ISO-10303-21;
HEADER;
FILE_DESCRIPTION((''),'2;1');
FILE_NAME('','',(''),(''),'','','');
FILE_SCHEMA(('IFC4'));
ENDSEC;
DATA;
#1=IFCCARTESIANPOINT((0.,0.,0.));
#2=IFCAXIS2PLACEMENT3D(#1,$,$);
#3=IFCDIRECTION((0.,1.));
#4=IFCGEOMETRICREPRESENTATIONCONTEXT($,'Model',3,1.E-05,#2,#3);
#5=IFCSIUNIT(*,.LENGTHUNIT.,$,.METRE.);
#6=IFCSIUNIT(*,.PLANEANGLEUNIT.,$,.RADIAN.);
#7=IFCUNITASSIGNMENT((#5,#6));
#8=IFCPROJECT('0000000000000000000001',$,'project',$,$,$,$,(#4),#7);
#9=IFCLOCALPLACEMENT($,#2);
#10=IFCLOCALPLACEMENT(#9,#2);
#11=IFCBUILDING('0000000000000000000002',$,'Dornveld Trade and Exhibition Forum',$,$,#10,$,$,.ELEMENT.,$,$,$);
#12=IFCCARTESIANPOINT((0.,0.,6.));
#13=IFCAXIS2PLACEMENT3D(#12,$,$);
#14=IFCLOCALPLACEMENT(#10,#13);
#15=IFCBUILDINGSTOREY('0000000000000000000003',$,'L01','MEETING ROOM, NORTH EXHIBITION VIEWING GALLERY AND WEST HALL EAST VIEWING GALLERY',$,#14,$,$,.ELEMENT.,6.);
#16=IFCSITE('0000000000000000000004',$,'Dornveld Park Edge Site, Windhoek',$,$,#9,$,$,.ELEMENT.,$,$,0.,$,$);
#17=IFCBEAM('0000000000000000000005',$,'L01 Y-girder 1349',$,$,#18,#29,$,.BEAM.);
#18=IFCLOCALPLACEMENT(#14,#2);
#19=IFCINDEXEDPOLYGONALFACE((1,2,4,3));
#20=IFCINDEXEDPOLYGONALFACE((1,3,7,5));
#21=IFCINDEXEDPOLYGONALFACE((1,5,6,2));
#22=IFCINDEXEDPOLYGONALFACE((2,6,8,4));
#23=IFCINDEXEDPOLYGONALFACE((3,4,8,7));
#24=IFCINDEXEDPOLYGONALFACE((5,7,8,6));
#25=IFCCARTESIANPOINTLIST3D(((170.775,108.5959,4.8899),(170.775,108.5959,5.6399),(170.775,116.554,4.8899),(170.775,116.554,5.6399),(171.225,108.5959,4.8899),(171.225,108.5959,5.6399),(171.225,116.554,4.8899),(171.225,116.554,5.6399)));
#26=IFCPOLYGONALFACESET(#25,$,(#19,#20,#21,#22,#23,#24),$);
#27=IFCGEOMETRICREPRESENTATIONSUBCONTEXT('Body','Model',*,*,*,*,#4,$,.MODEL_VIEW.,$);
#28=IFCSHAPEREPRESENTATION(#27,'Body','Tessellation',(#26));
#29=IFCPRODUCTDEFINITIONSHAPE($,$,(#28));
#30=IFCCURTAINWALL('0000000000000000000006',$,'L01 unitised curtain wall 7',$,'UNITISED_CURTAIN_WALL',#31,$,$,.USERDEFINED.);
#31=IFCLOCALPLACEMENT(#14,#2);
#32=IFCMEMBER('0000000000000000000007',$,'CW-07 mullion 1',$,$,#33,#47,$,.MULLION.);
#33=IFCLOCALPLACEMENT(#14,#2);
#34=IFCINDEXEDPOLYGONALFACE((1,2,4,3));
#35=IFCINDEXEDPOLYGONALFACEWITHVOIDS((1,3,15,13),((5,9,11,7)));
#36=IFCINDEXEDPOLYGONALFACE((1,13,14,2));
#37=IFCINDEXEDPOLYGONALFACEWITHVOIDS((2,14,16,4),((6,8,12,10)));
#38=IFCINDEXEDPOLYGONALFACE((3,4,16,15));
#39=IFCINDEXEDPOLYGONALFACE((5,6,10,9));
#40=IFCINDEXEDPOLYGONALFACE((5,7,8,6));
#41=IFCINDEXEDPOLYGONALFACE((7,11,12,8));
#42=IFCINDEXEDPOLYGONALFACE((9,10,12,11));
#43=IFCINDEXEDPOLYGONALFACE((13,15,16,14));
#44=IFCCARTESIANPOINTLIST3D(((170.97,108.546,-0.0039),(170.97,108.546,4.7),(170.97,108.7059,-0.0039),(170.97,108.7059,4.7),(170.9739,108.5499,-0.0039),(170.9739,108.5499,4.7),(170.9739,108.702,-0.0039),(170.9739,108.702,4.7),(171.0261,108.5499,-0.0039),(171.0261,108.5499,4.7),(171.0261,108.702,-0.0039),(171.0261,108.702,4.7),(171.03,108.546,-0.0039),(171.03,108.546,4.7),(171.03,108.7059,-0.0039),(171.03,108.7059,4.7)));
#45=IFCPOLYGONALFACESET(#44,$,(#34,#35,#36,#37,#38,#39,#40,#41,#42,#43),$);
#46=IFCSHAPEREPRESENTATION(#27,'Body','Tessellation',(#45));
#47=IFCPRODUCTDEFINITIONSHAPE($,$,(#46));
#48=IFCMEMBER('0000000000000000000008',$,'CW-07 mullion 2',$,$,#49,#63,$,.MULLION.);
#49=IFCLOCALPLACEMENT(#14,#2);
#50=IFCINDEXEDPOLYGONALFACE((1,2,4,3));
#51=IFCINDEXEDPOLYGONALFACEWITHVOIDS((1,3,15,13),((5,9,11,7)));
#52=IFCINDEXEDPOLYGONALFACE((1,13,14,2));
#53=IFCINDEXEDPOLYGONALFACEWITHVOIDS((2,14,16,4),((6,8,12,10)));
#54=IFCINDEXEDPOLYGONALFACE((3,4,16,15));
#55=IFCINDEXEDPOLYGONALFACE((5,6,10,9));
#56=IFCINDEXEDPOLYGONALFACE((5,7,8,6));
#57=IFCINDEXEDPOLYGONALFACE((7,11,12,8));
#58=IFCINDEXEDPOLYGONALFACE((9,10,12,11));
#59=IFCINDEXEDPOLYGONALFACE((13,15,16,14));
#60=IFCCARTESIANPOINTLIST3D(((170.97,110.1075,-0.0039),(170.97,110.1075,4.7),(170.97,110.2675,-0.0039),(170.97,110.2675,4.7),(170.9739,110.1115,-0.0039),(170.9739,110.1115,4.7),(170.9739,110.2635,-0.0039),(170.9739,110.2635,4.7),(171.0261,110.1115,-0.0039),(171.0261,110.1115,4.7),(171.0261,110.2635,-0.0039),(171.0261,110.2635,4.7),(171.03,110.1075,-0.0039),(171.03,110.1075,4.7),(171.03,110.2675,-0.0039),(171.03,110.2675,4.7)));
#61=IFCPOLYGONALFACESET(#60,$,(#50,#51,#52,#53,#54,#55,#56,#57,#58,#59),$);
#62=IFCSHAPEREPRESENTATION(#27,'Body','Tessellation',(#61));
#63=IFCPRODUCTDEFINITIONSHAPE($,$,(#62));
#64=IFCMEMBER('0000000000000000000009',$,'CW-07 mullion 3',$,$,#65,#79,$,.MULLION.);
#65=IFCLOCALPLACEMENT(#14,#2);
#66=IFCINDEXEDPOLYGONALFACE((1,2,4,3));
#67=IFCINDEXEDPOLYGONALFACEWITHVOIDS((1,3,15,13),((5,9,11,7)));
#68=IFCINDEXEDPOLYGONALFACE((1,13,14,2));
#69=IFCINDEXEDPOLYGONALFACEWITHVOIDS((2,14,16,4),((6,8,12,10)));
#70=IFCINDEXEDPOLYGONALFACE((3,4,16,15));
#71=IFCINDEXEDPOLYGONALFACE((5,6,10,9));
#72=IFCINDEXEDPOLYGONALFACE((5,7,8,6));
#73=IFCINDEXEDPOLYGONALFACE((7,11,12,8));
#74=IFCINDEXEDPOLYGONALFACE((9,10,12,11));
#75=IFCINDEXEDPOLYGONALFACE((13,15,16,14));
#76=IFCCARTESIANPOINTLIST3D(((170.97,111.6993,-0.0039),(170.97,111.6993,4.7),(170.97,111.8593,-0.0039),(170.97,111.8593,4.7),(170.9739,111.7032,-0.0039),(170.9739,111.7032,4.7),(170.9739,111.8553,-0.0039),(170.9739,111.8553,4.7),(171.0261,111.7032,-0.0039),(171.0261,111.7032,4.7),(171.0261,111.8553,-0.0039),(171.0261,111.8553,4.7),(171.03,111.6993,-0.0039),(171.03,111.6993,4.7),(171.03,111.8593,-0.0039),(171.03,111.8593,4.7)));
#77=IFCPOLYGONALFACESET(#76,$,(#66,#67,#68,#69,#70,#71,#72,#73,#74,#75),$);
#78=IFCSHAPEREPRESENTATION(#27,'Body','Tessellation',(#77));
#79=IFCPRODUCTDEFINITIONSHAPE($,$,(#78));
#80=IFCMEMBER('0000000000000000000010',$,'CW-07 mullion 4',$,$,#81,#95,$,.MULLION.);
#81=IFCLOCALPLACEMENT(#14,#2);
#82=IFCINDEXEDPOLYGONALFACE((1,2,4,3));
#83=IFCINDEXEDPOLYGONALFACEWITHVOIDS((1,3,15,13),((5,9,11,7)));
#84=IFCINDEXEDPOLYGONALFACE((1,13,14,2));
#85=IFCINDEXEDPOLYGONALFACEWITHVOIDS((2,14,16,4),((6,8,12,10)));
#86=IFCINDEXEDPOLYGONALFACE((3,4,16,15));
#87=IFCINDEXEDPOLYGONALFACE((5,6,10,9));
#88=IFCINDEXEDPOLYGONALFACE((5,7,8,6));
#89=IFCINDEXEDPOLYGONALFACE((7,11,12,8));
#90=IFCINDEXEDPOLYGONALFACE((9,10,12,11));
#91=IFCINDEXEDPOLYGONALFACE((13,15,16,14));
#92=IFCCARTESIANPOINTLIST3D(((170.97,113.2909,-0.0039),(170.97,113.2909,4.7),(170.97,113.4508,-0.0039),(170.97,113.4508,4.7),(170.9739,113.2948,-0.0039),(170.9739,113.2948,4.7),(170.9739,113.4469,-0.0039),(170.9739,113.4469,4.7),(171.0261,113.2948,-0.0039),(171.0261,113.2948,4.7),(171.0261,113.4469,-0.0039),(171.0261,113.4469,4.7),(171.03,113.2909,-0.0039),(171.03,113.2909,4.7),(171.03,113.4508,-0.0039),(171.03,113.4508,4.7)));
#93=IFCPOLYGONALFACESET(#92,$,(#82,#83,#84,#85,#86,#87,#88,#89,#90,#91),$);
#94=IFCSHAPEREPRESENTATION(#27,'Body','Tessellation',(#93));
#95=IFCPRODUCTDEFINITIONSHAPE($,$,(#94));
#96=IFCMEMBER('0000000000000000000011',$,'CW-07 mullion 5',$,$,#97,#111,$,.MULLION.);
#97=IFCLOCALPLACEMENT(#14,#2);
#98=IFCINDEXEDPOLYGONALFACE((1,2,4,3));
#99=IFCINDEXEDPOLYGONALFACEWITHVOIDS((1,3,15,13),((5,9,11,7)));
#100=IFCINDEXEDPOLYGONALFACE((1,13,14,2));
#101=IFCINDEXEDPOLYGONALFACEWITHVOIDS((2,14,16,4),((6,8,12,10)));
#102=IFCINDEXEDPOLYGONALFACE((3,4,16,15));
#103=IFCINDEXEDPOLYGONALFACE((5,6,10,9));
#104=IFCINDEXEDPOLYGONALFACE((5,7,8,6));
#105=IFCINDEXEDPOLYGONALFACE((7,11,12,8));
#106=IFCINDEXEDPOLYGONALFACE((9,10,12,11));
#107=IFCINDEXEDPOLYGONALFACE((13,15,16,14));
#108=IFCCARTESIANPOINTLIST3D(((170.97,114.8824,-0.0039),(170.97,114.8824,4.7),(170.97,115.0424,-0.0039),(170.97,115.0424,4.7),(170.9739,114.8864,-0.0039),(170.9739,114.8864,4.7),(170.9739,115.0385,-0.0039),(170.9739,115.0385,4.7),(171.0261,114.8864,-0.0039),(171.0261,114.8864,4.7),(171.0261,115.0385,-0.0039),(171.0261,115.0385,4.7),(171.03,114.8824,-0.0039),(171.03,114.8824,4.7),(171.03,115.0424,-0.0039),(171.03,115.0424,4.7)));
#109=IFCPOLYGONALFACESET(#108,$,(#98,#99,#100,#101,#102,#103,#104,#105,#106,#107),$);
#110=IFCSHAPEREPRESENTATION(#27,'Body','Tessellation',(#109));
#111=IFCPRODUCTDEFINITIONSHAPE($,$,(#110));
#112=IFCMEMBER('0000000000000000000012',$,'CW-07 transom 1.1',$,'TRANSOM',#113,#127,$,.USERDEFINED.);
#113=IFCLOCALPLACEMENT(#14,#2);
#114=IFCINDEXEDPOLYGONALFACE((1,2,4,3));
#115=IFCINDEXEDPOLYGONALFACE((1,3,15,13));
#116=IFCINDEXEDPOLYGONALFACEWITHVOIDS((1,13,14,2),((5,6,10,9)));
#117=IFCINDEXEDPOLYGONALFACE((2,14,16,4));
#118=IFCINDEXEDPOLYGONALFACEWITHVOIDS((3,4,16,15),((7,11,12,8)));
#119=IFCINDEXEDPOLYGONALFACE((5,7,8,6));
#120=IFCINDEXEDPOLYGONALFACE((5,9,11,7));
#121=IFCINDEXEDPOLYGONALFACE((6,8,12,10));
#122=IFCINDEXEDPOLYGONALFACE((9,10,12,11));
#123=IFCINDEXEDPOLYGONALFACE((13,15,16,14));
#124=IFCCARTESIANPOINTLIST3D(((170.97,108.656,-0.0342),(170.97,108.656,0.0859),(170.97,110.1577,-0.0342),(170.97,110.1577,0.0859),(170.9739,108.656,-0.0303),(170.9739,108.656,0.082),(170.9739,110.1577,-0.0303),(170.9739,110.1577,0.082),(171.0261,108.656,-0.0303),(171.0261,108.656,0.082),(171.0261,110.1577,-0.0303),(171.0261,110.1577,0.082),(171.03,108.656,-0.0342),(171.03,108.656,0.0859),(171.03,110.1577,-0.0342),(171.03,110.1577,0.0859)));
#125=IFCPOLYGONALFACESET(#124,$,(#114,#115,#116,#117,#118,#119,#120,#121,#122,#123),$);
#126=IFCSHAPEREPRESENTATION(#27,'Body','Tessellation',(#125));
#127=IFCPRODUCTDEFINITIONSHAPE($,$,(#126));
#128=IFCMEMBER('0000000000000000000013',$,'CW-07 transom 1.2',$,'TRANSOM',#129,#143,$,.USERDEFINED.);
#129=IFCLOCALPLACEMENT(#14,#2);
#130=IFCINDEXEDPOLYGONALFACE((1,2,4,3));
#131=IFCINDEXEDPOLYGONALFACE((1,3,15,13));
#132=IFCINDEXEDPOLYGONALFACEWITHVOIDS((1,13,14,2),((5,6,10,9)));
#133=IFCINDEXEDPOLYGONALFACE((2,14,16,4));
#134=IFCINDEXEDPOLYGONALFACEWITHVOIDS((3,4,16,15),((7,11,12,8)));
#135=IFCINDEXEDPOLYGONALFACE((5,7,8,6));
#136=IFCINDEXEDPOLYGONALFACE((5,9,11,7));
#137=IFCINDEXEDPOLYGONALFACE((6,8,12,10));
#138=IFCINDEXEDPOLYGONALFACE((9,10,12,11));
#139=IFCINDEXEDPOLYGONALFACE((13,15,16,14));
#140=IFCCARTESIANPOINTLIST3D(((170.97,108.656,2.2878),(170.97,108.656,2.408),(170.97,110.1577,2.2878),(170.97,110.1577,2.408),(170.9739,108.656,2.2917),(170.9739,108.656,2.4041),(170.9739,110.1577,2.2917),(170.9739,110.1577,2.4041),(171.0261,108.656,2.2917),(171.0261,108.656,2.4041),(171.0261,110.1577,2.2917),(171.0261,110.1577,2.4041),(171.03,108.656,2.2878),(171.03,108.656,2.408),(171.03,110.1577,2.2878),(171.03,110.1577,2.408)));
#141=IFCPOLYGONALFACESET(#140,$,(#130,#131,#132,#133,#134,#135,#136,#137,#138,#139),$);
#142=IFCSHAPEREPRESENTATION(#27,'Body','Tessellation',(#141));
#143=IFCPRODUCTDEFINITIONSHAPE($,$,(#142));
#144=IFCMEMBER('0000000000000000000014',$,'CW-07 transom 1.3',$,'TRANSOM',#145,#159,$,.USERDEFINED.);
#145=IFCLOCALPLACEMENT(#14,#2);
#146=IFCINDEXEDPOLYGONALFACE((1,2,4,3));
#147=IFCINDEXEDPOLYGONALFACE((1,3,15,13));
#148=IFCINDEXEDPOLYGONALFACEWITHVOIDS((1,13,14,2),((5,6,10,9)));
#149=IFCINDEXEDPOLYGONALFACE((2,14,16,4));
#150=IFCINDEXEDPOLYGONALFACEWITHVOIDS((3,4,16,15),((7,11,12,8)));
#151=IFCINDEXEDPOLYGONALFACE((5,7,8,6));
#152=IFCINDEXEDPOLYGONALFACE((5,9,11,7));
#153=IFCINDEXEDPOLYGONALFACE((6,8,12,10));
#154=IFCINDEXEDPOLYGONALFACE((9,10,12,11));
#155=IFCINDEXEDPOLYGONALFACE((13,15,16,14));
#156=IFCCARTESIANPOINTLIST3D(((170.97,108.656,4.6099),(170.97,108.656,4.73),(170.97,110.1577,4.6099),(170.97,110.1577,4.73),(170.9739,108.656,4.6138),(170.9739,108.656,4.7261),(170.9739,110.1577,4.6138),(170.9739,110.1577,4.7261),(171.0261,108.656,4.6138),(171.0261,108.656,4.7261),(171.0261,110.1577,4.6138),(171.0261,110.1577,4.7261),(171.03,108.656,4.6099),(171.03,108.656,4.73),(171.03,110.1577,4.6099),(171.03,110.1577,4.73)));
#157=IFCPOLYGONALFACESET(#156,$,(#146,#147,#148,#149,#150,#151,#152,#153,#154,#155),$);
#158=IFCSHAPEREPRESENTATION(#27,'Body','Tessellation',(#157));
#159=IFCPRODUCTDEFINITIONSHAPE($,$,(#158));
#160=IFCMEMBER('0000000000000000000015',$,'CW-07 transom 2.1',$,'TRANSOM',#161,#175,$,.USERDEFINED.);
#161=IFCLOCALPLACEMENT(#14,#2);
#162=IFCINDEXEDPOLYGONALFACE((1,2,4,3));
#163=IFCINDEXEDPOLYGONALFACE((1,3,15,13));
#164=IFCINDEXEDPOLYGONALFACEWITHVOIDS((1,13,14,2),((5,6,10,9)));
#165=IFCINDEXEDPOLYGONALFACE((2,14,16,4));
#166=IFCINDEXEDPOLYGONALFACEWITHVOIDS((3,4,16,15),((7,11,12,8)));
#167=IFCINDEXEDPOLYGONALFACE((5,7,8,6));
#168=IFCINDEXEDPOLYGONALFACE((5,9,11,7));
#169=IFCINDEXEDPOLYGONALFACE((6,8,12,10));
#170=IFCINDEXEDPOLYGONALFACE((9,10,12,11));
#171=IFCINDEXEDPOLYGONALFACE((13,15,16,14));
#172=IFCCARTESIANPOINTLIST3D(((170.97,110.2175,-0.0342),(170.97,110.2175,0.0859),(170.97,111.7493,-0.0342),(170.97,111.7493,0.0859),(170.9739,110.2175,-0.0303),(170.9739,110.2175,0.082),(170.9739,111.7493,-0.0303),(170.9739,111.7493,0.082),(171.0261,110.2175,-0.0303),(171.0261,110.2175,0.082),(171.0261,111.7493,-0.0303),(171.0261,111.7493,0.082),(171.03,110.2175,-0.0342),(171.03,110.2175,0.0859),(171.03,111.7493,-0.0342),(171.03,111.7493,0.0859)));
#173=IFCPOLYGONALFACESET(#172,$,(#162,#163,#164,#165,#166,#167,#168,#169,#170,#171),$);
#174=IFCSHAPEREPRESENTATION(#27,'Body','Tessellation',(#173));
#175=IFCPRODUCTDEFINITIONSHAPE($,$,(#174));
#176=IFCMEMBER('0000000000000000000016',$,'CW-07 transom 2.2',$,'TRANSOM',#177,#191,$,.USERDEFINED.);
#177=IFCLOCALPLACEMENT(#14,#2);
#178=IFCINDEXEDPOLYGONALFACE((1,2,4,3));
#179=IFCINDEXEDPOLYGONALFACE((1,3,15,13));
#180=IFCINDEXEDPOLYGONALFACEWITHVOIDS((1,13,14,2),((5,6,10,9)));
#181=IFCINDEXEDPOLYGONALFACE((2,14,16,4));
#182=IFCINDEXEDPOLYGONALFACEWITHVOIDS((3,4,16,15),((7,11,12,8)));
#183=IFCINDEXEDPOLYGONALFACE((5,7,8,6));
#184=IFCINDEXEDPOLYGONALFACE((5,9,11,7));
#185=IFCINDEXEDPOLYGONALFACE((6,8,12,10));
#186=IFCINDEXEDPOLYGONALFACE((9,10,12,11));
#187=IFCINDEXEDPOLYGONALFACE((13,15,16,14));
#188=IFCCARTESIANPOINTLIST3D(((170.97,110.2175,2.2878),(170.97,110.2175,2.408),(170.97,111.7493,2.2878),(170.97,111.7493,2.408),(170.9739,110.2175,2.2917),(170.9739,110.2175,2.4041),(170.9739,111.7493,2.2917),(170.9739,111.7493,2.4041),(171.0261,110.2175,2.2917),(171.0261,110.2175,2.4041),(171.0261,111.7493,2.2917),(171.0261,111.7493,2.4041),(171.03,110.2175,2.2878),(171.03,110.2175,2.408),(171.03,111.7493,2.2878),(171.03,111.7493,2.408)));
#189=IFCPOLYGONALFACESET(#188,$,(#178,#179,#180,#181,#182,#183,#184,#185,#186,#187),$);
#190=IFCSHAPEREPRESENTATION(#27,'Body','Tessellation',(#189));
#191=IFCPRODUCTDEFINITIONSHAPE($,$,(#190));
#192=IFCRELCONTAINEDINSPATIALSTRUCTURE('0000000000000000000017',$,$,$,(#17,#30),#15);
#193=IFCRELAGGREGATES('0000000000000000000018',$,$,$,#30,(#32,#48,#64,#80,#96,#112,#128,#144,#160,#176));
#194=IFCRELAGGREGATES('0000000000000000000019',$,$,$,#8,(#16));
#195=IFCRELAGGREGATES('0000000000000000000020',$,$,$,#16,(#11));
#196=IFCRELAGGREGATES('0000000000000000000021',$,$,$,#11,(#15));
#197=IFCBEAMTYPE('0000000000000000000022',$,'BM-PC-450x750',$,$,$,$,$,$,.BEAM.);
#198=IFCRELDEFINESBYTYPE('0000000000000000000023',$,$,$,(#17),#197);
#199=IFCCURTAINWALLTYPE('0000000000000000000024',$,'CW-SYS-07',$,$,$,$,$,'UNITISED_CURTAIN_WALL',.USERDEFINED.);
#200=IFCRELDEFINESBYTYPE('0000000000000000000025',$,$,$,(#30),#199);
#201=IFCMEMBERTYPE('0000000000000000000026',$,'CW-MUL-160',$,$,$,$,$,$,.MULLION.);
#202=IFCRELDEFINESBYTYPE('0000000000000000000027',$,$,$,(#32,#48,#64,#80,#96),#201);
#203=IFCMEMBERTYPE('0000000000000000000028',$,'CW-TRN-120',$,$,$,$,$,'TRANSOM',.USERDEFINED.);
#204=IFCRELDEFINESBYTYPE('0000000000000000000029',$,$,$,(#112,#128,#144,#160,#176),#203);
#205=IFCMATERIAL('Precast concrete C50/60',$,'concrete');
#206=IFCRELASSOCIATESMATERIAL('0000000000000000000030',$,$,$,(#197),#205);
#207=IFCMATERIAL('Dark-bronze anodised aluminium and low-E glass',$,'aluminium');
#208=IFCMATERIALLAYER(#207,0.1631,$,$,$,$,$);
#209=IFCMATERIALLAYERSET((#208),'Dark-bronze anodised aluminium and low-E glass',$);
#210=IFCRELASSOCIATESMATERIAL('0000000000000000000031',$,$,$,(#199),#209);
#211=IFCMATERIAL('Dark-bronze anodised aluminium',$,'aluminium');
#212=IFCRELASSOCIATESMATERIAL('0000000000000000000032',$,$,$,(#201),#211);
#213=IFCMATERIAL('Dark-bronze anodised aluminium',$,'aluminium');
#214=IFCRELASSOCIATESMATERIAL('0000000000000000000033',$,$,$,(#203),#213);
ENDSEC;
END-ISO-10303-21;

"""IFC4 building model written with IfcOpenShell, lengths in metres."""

from ifc_helpers import new_model, si_unit, direction, frame, origin, origin_2d, place, context, subcontext, project, spatial, rectangle, hollow_rectangle, extrude, material, layer, layer_set, material_profile, profile_set, type_object, element, aggregate, save


model = new_model("IFC4")

# Units and contexts
model_context = context("Model", 3, precision=1e-05, world=origin(), true_north=direction((0.0, 1.0)))
body_context = subcontext(model_context, "Body", "Model", "MODEL_VIEW")
ifc_project = project(units=[si_unit("LENGTHUNIT", "METRE"), si_unit("PLANEANGLEUNIT", "RADIAN")], contexts=[model_context])

# Site, building, storey
site_placement = place(None, origin())
site = spatial("IfcSite", under=ifc_project, at=site_placement, Name="Dornveld Park Edge Site, Windhoek", CompositionType="ELEMENT", RefElevation=0.0)
building_placement = place(site_placement, origin())
building = spatial("IfcBuilding", under=site, at=building_placement, Name="Dornveld Trade and Exhibition Forum", CompositionType="ELEMENT")
storey_placement = place(building_placement, frame((0.0, 0.0, 6.0)))
storey = spatial("IfcBuildingStorey", under=building, at=storey_placement, Name="L01", Description="MEETING ROOM, NORTH EXHIBITION VIEWING GALLERY AND WEST HALL EAST VIEWING GALLERY", CompositionType="ELEMENT", Elevation=6.0)

# Beam
ifc_material_1 = material(Name="Precast concrete C50/60", Category="concrete")
ifc_material_profile_1 = material_profile(ifc_material_1, rectangle(XDim=0.45, YDim=0.75, at=origin_2d()), Name="PC-BM 450x750")
ifc_profile_set_1 = profile_set([ifc_material_profile_1], Name="Precast concrete C50/60")
beam_type = type_object("IfcBeamType", Name="BM-PC-450x750", PredefinedType="BEAM", material=ifc_profile_set_1)
beam_placement = place(storey_placement, frame((171.0, 108.5959, 5.2649), z_axis=(0.0, 1.0, 0.0), x_axis=(-1.0, 0.0, 0.0)))
element("IfcBeam", 1, at=beam_placement, inside=storey, type_object=beam_type, Name="L01 Y-girder 1349", PredefinedType="BEAM", context=body_context, shape_type="SweptSolid", body=[
    extrude(rectangle(XDim=0.45, YDim=0.75, at=origin_2d()), origin(), (0.0, 0.0, 1.0), 7.958),
])

# Curtain wall, members
ifc_material_2 = material(Name="Dark-bronze anodised aluminium and low-E glass", Category="aluminium")
ifc_layer_1 = layer(ifc_material_2, 0.1631)
ifc_layer_set_1 = layer_set([ifc_layer_1], Name="Dark-bronze anodised aluminium and low-E glass")
curtain_wall_type = type_object("IfcCurtainWallType", Name="CW-SYS-07", ElementType="UNITISED_CURTAIN_WALL", PredefinedType="USERDEFINED", material=ifc_layer_set_1)
curtain_wall_placement = place(storey_placement, origin())
curtain_wall = element("IfcCurtainWall", 2, at=curtain_wall_placement, inside=storey, type_object=curtain_wall_type, Name="L01 unitised curtain wall 7", ObjectType="UNITISED_CURTAIN_WALL", PredefinedType="USERDEFINED")
ifc_material_3 = material(Name="Dark-bronze anodised aluminium", Category="aluminium")
ifc_material_profile_2 = material_profile(ifc_material_3, hollow_rectangle(XDim=0.0601, YDim=0.1599, WallThickness=0.0039, at=origin_2d()), Name="RHS 160x60x4")
ifc_profile_set_2 = profile_set([ifc_material_profile_2], Name="Dark-bronze anodised aluminium")
member_type_1 = type_object("IfcMemberType", Name="CW-MUL-160", PredefinedType="MULLION", material=ifc_profile_set_2)
member_1_placement = place(storey_placement, frame((171.0, 108.626, -0.0039), z_axis=(0.0, 0.0, 1.0), x_axis=(-1.0, 0.0, 0.0)))
member_1 = element("IfcMember", 3, at=member_1_placement, type_object=member_type_1, Name="CW-07 mullion 1", PredefinedType="MULLION", context=body_context, shape_type="SweptSolid", body=[
    extrude(hollow_rectangle(XDim=0.0601, YDim=0.1599, WallThickness=0.0039, at=origin_2d()), origin(), (0.0, 0.0, 1.0), 4.7039),
])
member_2_placement = place(storey_placement, frame((171.0, 110.1875, -0.0039), z_axis=(0.0, 0.0, 1.0), x_axis=(-1.0, 0.0, 0.0)))
member_2 = element("IfcMember", 4, at=member_2_placement, type_object=member_type_1, Name="CW-07 mullion 2", PredefinedType="MULLION", context=body_context, shape_type="SweptSolid", body=[
    extrude(hollow_rectangle(XDim=0.0601, YDim=0.1599, WallThickness=0.0039, at=origin_2d()), origin(), (0.0, 0.0, 1.0), 4.7039),
])
member_3_placement = place(storey_placement, frame((171.0, 111.7793, -0.0039), z_axis=(0.0, 0.0, 1.0), x_axis=(-1.0, 0.0, 0.0)))
member_3 = element("IfcMember", 5, at=member_3_placement, type_object=member_type_1, Name="CW-07 mullion 3", PredefinedType="MULLION", context=body_context, shape_type="SweptSolid", body=[
    extrude(hollow_rectangle(XDim=0.0601, YDim=0.1599, WallThickness=0.0039, at=origin_2d()), origin(), (0.0, 0.0, 1.0), 4.7039),
])
member_4_placement = place(storey_placement, frame((171.0, 113.3708, -0.0039), z_axis=(0.0, 0.0, 1.0), x_axis=(-1.0, 0.0, 0.0)))
member_4 = element("IfcMember", 6, at=member_4_placement, type_object=member_type_1, Name="CW-07 mullion 4", PredefinedType="MULLION", context=body_context, shape_type="SweptSolid", body=[
    extrude(hollow_rectangle(XDim=0.0601, YDim=0.1599, WallThickness=0.0039, at=origin_2d()), origin(), (0.0, 0.0, 1.0), 4.7039),
])
member_5_placement = place(storey_placement, frame((171.0, 114.9624, -0.0039), z_axis=(0.0, 0.0, 1.0), x_axis=(-1.0, 0.0, 0.0)))
member_5 = element("IfcMember", 7, at=member_5_placement, type_object=member_type_1, Name="CW-07 mullion 5", PredefinedType="MULLION", context=body_context, shape_type="SweptSolid", body=[
    extrude(hollow_rectangle(XDim=0.0601, YDim=0.1599, WallThickness=0.0039, at=origin_2d()), origin(), (0.0, 0.0, 1.0), 4.7039),
])
ifc_material_4 = material(Name="Dark-bronze anodised aluminium", Category="aluminium")
ifc_material_profile_3 = material_profile(ifc_material_4, hollow_rectangle(XDim=0.0601, YDim=0.1201, WallThickness=0.0039, at=origin_2d()), Name="RHS 120x60x4")
ifc_profile_set_3 = profile_set([ifc_material_profile_3], Name="Dark-bronze anodised aluminium")
member_type_2 = type_object("IfcMemberType", Name="CW-TRN-120", ElementType="TRANSOM", PredefinedType="USERDEFINED", material=ifc_profile_set_3)
member_6_placement = place(storey_placement, frame((171.0, 108.656, 0.0259), z_axis=(0.0, 1.0, 0.0), x_axis=(-1.0, 0.0, 0.0)))
member_6 = element("IfcMember", 8, at=member_6_placement, type_object=member_type_2, Name="CW-07 transom 1.1", ObjectType="TRANSOM", PredefinedType="USERDEFINED", context=body_context, shape_type="SweptSolid", body=[
    extrude(hollow_rectangle(XDim=0.0601, YDim=0.1201, WallThickness=0.0039, at=origin_2d()), origin(), (0.0, 0.0, 1.0), 1.5017),
])
member_7_placement = place(storey_placement, frame((171.0, 108.656, 2.3479), z_axis=(0.0, 1.0, 0.0), x_axis=(-1.0, 0.0, 0.0)))
member_7 = element("IfcMember", 9, at=member_7_placement, type_object=member_type_2, Name="CW-07 transom 1.2", ObjectType="TRANSOM", PredefinedType="USERDEFINED", context=body_context, shape_type="SweptSolid", body=[
    extrude(hollow_rectangle(XDim=0.0601, YDim=0.1201, WallThickness=0.0039, at=origin_2d()), origin(), (0.0, 0.0, 1.0), 1.5017),
])
member_8_placement = place(storey_placement, frame((171.0, 108.656, 4.6699), z_axis=(0.0, 1.0, 0.0), x_axis=(-1.0, 0.0, 0.0)))
member_8 = element("IfcMember", 10, at=member_8_placement, type_object=member_type_2, Name="CW-07 transom 1.3", ObjectType="TRANSOM", PredefinedType="USERDEFINED", context=body_context, shape_type="SweptSolid", body=[
    extrude(hollow_rectangle(XDim=0.0601, YDim=0.1201, WallThickness=0.0039, at=origin_2d()), origin(), (0.0, 0.0, 1.0), 1.5017),
])
member_9_placement = place(storey_placement, frame((171.0, 110.2175, 0.0259), z_axis=(0.0, 1.0, 0.0), x_axis=(-1.0, 0.0, 0.0)))
member_9 = element("IfcMember", 11, at=member_9_placement, type_object=member_type_2, Name="CW-07 transom 2.1", ObjectType="TRANSOM", PredefinedType="USERDEFINED", context=body_context, shape_type="SweptSolid", body=[
    extrude(hollow_rectangle(XDim=0.0601, YDim=0.1201, WallThickness=0.0039, at=origin_2d()), origin(), (0.0, 0.0, 1.0), 1.5317),
])
member_10_placement = place(storey_placement, frame((171.0, 110.2175, 2.3479), z_axis=(0.0, 1.0, 0.0), x_axis=(-1.0, 0.0, 0.0)))
member_10 = element("IfcMember", 12, at=member_10_placement, type_object=member_type_2, Name="CW-07 transom 2.2", ObjectType="TRANSOM", PredefinedType="USERDEFINED", context=body_context, shape_type="SweptSolid", body=[
    extrude(hollow_rectangle(XDim=0.0601, YDim=0.1201, WallThickness=0.0039, at=origin_2d()), origin(), (0.0, 0.0, 1.0), 1.5317),
])

aggregate(curtain_wall, [member_1, member_2, member_3, member_4, member_5, member_6, member_7, member_8, member_9, member_10])

save(model, "model.ifc")
